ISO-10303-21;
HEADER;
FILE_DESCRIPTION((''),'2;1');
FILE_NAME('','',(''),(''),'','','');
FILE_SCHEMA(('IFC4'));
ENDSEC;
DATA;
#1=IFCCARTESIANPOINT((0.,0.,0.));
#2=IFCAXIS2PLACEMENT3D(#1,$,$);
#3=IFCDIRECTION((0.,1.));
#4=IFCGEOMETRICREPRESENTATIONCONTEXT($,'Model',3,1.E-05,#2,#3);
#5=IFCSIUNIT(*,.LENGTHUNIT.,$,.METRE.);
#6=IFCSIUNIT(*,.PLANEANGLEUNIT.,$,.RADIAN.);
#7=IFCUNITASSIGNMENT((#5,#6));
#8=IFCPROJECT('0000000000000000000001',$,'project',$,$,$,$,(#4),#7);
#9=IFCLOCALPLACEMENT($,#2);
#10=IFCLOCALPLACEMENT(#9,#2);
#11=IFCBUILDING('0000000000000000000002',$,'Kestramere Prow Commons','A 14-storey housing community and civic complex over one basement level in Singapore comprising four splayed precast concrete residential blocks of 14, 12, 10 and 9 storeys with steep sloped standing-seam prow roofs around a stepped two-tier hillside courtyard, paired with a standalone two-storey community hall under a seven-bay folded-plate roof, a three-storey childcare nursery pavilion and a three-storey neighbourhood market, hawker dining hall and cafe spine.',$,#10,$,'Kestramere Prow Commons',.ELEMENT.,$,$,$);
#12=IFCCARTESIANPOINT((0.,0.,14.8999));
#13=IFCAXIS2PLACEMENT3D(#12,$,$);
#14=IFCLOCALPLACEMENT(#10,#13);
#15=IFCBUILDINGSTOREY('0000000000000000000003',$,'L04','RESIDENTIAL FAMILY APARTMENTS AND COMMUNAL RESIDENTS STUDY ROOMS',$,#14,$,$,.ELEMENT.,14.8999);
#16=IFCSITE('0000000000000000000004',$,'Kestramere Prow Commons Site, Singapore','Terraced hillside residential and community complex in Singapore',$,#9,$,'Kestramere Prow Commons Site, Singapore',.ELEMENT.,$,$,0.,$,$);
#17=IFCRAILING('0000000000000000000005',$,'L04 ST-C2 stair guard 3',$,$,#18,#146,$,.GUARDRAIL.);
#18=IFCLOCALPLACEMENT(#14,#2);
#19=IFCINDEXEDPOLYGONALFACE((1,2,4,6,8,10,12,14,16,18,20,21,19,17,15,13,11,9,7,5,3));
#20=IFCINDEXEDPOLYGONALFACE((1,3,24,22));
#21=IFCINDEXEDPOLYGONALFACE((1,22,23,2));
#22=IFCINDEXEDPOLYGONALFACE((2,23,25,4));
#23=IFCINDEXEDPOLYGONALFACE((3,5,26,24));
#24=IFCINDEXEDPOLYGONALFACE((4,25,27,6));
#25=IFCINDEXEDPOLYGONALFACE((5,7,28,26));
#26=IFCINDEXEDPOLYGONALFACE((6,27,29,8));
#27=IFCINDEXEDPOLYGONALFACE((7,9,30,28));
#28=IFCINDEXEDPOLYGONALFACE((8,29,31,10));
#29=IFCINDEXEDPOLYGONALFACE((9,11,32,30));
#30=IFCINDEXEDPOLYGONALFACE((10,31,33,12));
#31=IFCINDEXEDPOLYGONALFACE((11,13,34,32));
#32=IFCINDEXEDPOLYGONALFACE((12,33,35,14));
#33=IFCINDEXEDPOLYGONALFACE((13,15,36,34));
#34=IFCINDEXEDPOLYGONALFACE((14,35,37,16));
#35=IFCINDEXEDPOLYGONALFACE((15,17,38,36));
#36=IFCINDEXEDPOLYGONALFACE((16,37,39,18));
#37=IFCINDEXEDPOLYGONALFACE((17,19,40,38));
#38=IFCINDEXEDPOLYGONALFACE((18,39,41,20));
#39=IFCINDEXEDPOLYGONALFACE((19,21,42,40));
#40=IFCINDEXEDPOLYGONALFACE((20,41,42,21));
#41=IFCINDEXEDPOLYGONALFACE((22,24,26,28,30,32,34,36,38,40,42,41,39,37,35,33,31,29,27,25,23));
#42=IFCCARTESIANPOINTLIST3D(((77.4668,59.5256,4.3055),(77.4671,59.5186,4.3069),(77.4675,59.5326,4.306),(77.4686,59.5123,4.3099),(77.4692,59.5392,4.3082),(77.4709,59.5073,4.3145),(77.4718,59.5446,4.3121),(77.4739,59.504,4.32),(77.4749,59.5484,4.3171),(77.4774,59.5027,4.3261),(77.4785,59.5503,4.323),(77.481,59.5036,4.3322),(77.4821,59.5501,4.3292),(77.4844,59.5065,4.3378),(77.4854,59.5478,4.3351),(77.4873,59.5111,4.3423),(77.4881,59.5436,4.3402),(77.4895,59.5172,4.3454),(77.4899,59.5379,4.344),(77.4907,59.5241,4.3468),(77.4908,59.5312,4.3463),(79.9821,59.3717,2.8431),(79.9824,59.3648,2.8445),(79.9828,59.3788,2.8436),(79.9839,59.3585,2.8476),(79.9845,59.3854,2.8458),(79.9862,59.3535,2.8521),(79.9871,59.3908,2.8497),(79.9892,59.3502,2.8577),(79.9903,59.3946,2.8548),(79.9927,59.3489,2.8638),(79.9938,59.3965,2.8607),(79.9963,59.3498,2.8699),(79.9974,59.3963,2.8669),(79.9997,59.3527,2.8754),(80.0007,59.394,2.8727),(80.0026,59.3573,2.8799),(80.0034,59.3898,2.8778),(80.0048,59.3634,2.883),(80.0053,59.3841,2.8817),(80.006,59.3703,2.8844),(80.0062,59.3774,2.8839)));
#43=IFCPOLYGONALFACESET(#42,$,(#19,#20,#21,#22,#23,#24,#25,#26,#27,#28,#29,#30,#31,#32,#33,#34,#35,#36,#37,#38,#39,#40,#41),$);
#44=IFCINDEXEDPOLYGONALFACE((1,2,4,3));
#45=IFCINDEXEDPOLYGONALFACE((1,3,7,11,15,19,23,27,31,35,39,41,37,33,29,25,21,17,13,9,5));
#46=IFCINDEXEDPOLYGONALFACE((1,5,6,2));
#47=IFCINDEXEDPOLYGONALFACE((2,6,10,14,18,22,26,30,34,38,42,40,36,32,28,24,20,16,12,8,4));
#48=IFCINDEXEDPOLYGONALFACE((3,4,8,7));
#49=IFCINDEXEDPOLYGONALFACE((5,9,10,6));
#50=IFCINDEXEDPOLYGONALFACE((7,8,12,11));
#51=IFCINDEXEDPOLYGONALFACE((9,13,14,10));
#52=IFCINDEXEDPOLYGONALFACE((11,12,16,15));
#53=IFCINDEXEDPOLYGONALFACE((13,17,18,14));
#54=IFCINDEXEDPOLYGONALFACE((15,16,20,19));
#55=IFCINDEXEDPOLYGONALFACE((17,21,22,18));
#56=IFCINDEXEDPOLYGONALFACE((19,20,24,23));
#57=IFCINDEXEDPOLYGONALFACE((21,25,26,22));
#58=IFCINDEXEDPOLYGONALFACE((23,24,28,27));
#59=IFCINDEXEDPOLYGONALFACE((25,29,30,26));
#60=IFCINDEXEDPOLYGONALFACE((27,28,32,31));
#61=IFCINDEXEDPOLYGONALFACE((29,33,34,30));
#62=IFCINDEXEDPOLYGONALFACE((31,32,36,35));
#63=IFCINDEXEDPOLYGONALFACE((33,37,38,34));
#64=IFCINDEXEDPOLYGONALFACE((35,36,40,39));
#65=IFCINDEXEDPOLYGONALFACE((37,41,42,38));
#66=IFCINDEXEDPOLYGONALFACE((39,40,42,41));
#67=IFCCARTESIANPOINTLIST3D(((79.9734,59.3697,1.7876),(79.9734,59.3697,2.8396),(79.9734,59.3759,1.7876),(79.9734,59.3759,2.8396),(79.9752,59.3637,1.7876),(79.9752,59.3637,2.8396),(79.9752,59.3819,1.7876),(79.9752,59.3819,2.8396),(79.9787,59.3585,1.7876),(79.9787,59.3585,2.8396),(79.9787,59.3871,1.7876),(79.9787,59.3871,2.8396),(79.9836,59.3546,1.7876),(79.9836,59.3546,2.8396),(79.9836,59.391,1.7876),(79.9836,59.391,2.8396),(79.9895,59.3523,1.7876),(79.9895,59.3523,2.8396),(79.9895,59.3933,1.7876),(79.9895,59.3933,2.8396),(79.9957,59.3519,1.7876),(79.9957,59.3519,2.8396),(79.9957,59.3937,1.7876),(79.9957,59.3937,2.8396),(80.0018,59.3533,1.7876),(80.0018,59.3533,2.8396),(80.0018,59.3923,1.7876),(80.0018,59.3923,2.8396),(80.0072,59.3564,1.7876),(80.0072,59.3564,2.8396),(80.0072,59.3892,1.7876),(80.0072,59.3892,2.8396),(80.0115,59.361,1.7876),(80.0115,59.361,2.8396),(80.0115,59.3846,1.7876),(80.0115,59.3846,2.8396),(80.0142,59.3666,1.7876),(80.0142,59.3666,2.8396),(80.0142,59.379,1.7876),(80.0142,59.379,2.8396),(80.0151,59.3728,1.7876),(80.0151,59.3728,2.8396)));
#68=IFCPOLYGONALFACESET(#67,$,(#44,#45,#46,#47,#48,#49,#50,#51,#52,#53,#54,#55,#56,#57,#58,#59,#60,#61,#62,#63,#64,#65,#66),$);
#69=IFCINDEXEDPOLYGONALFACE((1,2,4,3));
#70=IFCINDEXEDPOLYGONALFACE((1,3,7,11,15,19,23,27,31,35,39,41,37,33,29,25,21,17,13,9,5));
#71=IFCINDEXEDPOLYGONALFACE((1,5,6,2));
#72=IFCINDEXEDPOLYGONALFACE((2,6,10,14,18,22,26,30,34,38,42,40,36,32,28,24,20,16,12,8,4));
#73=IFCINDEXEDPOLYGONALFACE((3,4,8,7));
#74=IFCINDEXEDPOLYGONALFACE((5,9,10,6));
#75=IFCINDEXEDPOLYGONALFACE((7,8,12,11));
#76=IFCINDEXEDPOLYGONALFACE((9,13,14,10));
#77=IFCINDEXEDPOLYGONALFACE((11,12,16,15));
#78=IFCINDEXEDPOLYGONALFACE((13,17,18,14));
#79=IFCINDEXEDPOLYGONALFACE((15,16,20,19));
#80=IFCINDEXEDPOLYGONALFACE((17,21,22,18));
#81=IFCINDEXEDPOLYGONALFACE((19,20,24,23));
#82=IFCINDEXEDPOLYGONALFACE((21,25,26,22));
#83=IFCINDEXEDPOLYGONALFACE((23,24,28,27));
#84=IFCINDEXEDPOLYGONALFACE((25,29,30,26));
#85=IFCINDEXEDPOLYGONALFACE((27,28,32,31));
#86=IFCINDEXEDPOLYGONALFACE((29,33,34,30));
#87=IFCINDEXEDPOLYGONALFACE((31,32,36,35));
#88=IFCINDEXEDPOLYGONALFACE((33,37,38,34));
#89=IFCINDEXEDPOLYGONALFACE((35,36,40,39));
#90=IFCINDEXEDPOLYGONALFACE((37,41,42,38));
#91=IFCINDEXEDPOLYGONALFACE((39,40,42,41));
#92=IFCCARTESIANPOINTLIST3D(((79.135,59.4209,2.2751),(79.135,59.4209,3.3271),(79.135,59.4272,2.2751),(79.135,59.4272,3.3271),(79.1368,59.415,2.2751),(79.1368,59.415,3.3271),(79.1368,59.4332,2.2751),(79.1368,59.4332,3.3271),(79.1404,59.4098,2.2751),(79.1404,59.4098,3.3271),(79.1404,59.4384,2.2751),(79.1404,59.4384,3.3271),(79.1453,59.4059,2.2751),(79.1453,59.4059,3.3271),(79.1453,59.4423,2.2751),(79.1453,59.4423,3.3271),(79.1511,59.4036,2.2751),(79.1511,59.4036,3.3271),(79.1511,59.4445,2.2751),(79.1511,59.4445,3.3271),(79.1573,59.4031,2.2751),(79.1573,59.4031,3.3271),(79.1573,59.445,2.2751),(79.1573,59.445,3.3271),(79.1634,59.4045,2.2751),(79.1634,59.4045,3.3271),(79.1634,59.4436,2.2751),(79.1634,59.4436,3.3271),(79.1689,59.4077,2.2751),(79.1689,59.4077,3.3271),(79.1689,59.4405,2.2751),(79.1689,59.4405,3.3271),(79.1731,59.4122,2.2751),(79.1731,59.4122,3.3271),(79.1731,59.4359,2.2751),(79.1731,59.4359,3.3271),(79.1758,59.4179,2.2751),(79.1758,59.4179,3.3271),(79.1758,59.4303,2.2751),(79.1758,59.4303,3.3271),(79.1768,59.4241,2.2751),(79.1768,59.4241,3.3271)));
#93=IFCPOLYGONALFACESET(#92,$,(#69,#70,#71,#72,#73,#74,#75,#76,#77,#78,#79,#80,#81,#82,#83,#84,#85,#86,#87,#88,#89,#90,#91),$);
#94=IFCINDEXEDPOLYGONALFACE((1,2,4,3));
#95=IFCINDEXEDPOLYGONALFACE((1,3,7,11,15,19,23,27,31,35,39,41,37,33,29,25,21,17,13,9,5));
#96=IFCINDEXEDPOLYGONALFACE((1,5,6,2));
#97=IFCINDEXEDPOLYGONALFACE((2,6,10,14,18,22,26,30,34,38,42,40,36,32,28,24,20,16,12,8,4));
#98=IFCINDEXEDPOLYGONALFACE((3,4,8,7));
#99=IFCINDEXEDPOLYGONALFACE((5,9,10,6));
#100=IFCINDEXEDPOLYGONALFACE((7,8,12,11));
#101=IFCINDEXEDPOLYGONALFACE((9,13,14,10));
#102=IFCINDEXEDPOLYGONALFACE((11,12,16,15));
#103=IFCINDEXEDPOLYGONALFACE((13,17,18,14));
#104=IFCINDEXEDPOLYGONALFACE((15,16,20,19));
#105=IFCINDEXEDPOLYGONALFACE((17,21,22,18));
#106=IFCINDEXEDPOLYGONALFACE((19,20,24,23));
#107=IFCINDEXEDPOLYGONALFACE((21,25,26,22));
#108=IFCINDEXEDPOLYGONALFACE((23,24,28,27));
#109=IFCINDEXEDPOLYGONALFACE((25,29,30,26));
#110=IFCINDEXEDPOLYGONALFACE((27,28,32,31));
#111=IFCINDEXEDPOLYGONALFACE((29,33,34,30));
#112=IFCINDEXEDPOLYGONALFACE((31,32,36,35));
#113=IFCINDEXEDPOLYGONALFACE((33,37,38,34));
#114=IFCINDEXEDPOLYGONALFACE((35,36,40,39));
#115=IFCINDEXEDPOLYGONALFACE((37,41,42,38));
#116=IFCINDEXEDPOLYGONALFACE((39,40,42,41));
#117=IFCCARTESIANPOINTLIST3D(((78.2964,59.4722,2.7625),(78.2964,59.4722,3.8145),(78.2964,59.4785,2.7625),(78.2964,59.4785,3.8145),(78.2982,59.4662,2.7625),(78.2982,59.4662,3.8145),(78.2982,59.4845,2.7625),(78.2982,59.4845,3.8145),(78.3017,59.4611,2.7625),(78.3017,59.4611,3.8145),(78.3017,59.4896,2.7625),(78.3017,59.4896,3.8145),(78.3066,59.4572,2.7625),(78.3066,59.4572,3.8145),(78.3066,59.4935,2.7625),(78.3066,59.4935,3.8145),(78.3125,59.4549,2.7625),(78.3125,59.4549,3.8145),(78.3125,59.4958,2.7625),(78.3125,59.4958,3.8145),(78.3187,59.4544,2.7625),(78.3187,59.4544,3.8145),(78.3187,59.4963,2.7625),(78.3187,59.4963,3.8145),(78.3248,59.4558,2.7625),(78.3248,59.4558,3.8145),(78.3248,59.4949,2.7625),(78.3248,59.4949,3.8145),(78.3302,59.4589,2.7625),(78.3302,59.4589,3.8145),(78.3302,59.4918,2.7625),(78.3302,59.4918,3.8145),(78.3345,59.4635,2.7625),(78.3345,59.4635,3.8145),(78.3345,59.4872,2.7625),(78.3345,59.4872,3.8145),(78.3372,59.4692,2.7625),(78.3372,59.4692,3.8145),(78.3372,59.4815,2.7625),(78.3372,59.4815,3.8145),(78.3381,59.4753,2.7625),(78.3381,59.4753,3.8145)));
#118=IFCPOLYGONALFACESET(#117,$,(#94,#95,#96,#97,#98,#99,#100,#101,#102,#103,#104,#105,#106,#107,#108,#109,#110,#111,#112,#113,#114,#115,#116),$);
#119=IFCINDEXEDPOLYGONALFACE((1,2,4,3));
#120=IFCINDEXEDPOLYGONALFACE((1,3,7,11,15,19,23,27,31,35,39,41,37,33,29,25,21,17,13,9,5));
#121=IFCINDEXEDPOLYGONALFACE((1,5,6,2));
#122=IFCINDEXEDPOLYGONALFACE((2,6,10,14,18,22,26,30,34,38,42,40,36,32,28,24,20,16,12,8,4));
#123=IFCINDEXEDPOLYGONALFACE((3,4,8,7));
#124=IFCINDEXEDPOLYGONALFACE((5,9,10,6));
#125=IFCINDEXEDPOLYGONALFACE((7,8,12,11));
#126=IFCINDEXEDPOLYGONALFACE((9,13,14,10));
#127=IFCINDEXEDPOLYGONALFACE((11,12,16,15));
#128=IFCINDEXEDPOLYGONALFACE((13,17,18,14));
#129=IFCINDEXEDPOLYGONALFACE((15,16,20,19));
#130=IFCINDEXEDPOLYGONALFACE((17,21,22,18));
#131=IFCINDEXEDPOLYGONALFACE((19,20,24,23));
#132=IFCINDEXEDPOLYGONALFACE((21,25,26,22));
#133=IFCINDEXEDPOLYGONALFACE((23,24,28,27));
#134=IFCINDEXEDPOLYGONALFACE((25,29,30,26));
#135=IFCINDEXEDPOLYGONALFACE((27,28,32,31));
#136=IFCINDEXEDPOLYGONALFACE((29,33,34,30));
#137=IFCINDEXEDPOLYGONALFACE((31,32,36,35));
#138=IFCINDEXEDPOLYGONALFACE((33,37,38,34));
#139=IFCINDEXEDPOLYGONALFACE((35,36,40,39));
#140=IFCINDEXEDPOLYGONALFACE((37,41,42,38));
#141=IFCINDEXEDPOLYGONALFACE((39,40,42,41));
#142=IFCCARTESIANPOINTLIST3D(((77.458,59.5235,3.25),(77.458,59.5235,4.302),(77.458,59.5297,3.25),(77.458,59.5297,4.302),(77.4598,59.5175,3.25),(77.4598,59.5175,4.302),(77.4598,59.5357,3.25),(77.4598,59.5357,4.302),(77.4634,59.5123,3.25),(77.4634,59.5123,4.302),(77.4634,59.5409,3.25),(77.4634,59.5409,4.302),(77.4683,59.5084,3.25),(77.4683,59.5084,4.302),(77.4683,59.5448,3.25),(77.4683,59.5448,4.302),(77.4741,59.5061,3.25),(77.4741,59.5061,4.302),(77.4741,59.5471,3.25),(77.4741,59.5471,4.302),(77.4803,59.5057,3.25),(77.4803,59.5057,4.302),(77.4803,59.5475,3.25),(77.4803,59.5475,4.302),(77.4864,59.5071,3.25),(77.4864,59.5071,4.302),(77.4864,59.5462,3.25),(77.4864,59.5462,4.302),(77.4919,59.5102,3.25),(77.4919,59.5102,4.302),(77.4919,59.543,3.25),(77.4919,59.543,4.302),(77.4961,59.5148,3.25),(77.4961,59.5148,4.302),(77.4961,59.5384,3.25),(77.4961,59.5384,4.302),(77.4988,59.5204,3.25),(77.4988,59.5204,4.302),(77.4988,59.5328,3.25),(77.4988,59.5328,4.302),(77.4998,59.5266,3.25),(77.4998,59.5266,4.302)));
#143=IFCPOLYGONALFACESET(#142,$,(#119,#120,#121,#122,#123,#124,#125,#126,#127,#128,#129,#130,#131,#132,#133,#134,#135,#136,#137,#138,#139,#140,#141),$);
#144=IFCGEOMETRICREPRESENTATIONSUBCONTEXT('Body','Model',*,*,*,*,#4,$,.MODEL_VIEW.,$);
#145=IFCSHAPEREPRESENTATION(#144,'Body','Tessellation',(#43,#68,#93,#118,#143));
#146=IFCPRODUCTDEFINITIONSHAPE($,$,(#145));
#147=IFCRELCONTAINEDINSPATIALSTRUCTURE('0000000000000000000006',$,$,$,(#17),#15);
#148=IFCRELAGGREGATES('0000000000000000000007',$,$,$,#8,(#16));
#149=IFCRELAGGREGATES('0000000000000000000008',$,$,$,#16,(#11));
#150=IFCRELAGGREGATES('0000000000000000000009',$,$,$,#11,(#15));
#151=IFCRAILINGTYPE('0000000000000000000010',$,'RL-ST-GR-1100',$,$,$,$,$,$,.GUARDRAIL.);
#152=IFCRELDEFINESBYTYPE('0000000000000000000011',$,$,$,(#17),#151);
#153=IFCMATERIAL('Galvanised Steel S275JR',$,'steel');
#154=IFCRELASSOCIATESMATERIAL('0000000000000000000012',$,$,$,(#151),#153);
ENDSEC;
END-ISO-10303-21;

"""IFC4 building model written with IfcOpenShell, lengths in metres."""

from ifc_helpers import new_model, si_unit, direction, frame, origin, origin_2d, place, context, subcontext, project, spatial, circle, extrude, material, type_object, element, save


model = new_model("IFC4")

# Units and contexts
model_context = context("Model", 3, precision=1e-05, world=origin(), true_north=direction((0.0, 1.0)))
body_context = subcontext(model_context, "Body", "Model", "MODEL_VIEW")
ifc_project = project(units=[si_unit("LENGTHUNIT", "METRE"), si_unit("PLANEANGLEUNIT", "RADIAN")], contexts=[model_context])

# Site, building, storey
site_placement = place(None, origin())
site = spatial("IfcSite", under=ifc_project, at=site_placement, Name="Kestramere Prow Commons Site, Singapore", Description="Terraced hillside residential and community complex in Singapore", LongName="Kestramere Prow Commons Site, Singapore", CompositionType="ELEMENT", RefElevation=0.0)
building_placement = place(site_placement, origin())
building = spatial("IfcBuilding", under=site, at=building_placement, Name="Kestramere Prow Commons", Description="A 14-storey housing community and civic complex over one basement level in Singapore comprising four splayed precast concrete residential blocks of 14, 12, 10 and 9 storeys with steep sloped standing-seam prow roofs around a stepped two-tier hillside courtyard, paired with a standalone two-storey community hall under a seven-bay folded-plate roof, a three-storey childcare nursery pavilion and a three-storey neighbourhood market, hawker dining hall and cafe spine.", LongName="Kestramere Prow Commons", CompositionType="ELEMENT")
storey_placement = place(building_placement, frame((0.0, 0.0, 14.8999)))
storey = spatial("IfcBuildingStorey", under=building, at=storey_placement, Name="L04", Description="RESIDENTIAL FAMILY APARTMENTS AND COMMUNAL RESIDENTS STUDY ROOMS", CompositionType="ELEMENT", Elevation=14.8999)

# Railing
ifc_material_1 = material(Name="Galvanised Steel S275JR", Category="steel")
railing_type_1 = type_object("IfcRailingType", Name="RL-ST-GR-1100", PredefinedType="GUARDRAIL", material=ifc_material_1)
railing_1_placement = place(storey_placement, frame((79.9941, 59.3728, 1.7876)))
element("IfcRailing", 1, at=railing_1_placement, inside=storey, type_object=railing_type_1, Name="L04 ST-C2 stair guard 3", PredefinedType="GUARDRAIL", context=body_context, shape_type="SweptSolid", body=[
    extrude(circle(Radius=0.0239, at=origin_2d()), frame((0.0, 0.0, 1.0762), z_axis=(-0.863306, 0.052789, 0.501912), x_axis=(-0.061033, -0.998136, 0.0)), (0.0, 0.0, 1.0), 2.9136),
    extrude(circle(Radius=0.021, at=origin_2d()), origin(), (0.0, 0.0, 1.0), 1.052),
    extrude(circle(Radius=0.021, at=origin_2d()), frame((-0.8384, 0.0513, 0.4875)), (0.0, 0.0, 1.0), 1.052),
    extrude(circle(Radius=0.021, at=origin_2d()), frame((-1.677, 0.1025, 0.9749)), (0.0, 0.0, 1.0), 1.052),
    extrude(circle(Radius=0.021, at=origin_2d()), frame((-2.5154, 0.1538, 1.4624)), (0.0, 0.0, 1.0), 1.052),
])

save(model, "model.ifc")
